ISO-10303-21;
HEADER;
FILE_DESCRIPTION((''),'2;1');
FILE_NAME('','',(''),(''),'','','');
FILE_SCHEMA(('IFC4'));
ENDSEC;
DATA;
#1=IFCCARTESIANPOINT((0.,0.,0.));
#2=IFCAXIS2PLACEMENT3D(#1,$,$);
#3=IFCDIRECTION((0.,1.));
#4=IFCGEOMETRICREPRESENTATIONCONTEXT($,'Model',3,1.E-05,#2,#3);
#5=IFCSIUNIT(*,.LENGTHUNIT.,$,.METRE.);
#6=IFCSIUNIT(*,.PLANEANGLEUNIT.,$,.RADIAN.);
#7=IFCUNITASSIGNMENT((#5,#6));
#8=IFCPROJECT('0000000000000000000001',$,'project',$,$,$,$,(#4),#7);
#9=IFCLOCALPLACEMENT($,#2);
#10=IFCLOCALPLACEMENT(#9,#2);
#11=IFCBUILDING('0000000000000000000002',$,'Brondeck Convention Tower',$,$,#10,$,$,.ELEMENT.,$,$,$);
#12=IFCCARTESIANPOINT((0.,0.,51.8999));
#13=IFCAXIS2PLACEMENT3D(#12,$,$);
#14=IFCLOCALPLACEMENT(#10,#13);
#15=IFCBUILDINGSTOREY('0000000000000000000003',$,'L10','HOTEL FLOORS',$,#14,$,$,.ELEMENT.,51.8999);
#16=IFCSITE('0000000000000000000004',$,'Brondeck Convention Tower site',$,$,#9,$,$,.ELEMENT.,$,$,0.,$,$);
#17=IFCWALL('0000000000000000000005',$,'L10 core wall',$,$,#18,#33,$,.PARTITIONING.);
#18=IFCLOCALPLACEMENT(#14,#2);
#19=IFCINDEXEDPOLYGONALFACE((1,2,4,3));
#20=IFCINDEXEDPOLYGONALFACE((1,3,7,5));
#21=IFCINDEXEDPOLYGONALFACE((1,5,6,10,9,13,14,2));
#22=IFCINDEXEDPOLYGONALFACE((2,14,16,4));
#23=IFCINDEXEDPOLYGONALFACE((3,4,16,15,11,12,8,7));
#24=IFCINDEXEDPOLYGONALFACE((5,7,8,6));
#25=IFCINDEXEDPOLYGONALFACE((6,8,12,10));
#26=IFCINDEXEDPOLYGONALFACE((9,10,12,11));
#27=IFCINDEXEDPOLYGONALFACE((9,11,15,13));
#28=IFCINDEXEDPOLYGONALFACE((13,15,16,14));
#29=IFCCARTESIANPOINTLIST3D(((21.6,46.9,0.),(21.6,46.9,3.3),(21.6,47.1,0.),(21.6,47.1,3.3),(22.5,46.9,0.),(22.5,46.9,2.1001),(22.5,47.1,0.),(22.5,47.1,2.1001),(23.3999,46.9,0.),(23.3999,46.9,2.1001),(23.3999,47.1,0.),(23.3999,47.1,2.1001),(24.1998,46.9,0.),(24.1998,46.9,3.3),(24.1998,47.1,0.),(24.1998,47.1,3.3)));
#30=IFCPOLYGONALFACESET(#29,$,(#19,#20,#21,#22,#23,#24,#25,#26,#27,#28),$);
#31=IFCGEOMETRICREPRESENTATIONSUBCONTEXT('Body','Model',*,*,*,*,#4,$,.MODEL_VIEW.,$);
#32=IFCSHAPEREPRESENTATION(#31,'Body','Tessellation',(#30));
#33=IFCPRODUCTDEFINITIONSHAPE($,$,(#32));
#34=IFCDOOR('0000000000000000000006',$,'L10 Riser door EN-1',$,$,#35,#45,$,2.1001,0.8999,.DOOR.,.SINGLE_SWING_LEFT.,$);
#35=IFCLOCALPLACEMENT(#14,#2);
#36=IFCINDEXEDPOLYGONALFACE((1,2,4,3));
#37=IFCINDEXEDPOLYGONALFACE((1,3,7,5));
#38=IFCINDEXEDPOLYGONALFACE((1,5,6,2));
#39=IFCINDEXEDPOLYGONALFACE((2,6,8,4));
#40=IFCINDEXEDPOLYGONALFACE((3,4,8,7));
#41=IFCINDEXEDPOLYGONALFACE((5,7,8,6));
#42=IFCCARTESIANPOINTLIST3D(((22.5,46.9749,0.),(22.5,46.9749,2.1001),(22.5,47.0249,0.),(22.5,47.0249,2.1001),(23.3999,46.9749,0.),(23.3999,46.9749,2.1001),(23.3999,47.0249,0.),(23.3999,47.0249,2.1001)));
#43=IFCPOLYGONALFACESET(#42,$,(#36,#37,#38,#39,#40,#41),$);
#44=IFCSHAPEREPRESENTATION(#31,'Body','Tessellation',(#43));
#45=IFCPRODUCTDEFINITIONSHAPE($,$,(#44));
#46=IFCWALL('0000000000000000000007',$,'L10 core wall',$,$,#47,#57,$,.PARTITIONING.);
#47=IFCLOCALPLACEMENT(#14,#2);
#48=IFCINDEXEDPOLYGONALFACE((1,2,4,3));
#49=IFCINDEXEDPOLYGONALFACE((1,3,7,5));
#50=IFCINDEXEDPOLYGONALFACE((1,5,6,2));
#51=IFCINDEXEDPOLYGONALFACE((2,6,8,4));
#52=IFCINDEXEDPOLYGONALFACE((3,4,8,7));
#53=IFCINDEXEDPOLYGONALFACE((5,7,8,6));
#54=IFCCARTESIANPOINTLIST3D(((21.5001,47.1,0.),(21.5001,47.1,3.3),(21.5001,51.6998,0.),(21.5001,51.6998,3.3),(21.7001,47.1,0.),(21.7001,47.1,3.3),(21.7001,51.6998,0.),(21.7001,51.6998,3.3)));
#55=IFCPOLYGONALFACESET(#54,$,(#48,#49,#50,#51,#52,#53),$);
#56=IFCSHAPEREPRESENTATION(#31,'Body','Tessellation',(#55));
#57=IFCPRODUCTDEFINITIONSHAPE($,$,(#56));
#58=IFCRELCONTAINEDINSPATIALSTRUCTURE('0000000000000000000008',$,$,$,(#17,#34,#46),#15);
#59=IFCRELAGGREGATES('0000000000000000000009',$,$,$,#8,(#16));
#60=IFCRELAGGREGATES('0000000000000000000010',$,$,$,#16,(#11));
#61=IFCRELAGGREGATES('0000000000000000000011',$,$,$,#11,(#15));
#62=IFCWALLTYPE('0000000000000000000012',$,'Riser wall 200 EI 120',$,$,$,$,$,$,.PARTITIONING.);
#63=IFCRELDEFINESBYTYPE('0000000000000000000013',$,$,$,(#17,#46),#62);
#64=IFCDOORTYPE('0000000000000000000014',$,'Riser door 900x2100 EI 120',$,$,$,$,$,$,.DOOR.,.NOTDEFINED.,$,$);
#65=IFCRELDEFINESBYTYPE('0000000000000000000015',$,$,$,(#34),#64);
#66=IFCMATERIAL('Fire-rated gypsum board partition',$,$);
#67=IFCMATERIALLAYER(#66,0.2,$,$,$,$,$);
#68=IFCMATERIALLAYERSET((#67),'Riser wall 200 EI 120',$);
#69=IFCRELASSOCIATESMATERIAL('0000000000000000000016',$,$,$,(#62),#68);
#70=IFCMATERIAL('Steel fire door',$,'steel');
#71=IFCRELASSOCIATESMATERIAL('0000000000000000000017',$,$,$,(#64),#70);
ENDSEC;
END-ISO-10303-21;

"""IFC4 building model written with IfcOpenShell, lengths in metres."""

from ifc_helpers import new_model, si_unit, direction, frame, frame_2d, origin, place, context, subcontext, project, spatial, rectangle, extrude, material, layer, layer_set, type_object, element, fill, save


model = new_model("IFC4")

# Units and contexts
model_context = context("Model", 3, precision=1e-05, world=origin(), true_north=direction((0.0, 1.0)))
body_context = subcontext(model_context, "Body", "Model", "MODEL_VIEW")
ifc_project = project(units=[si_unit("LENGTHUNIT", "METRE"), si_unit("PLANEANGLEUNIT", "RADIAN")], contexts=[model_context])

# Site, building, storey
site_placement = place(None, origin())
site = spatial("IfcSite", under=ifc_project, at=site_placement, Name="Brondeck Convention Tower site", CompositionType="ELEMENT", RefElevation=0.0)
building_placement = place(site_placement, origin())
building = spatial("IfcBuilding", under=site, at=building_placement, Name="Brondeck Convention Tower", CompositionType="ELEMENT")
storey_placement = place(building_placement, frame((0.0, 0.0, 51.8999)))
storey = spatial("IfcBuildingStorey", under=building, at=storey_placement, Name="L10", Description="HOTEL FLOORS", CompositionType="ELEMENT", Elevation=51.8999)

# Shared definitions
ifc_material_1 = material(Name="Fire-rated gypsum board partition")

# Shared definitions
ifc_material_2 = material(Name="Steel fire door", Category="steel")

# Wall, opening, door
ifc_layer_1 = layer(ifc_material_1, 0.2)
ifc_layer_set_1 = layer_set([ifc_layer_1], Name="Riser wall 200 EI 120")
wall_type_1 = type_object("IfcWallType", Name="Riser wall 200 EI 120", PredefinedType="PARTITIONING", material=ifc_layer_set_1)
wall_1_placement = place(storey_placement, frame((21.6001, 47.0, 0.0), z_axis=(0.0, 0.0, 1.0), x_axis=(1.0, 0.0, 0.0)))
wall_1 = element("IfcWall", 1, at=wall_1_placement, inside=storey, type_object=wall_type_1, Name="L10 core wall", PredefinedType="PARTITIONING", context=body_context, shape_type="SweptSolid", body=[
    extrude(rectangle(XDim=2.5999, YDim=0.2, at=frame_2d((1.2998, 0.0))), origin(), (0.0, 0.0, 1.0), 3.3),
])
opening_1_placement = place(wall_1_placement, frame((0.8999, 0.0, 0.0)))
opening_1 = element("IfcOpeningElement", 2, at=opening_1_placement, cuts=wall_1, PredefinedType="OPENING", context=body_context, shape_type="SweptSolid", body=[
    extrude(rectangle(XDim=0.8999, YDim=2.1001, at=frame_2d((0.45, 1.05))), frame((0.0, 0.1099, 0.0), z_axis=(0.0, -1.0, 0.0), x_axis=(1.0, 0.0, 0.0)), (0.0, 0.0, 1.0), 0.22),
])
door_type_1 = type_object("IfcDoorType", Name="Riser door 900x2100 EI 120", OperationType="NOTDEFINED", PredefinedType="DOOR", material=ifc_material_2)
door_1_placement = place(opening_1_placement, origin())
door_1 = element("IfcDoor", 3, at=door_1_placement, inside=storey, type_object=door_type_1, Name="L10 Riser door EN-1", OperationType="SINGLE_SWING_LEFT", OverallHeight=2.1001, OverallWidth=0.8999, PredefinedType="DOOR", context=body_context, shape_type="SweptSolid", body=[
    extrude(rectangle(XDim=0.8999, YDim=2.1001, at=frame_2d((0.45, 1.05))), frame((0.0, 0.0249, 0.0), z_axis=(0.0, -1.0, 0.0), x_axis=(1.0, 0.0, 0.0)), (0.0, 0.0, 1.0), 0.05),
])
fill(opening_1, door_1)

# Wall
wall_2_placement = place(storey_placement, frame((21.6001, 47.1001, 0.0), z_axis=(0.0, 0.0, 1.0), x_axis=(0.0, 1.0, 0.0)))
element("IfcWall", 4, at=wall_2_placement, inside=storey, type_object=wall_type_1, Name="L10 core wall", PredefinedType="PARTITIONING", context=body_context, shape_type="SweptSolid", body=[
    extrude(rectangle(XDim=4.5999, YDim=0.2, at=frame_2d((2.2998, 0.0))), origin(), (0.0, 0.0, 1.0), 3.3),
])

save(model, "model.ifc")
